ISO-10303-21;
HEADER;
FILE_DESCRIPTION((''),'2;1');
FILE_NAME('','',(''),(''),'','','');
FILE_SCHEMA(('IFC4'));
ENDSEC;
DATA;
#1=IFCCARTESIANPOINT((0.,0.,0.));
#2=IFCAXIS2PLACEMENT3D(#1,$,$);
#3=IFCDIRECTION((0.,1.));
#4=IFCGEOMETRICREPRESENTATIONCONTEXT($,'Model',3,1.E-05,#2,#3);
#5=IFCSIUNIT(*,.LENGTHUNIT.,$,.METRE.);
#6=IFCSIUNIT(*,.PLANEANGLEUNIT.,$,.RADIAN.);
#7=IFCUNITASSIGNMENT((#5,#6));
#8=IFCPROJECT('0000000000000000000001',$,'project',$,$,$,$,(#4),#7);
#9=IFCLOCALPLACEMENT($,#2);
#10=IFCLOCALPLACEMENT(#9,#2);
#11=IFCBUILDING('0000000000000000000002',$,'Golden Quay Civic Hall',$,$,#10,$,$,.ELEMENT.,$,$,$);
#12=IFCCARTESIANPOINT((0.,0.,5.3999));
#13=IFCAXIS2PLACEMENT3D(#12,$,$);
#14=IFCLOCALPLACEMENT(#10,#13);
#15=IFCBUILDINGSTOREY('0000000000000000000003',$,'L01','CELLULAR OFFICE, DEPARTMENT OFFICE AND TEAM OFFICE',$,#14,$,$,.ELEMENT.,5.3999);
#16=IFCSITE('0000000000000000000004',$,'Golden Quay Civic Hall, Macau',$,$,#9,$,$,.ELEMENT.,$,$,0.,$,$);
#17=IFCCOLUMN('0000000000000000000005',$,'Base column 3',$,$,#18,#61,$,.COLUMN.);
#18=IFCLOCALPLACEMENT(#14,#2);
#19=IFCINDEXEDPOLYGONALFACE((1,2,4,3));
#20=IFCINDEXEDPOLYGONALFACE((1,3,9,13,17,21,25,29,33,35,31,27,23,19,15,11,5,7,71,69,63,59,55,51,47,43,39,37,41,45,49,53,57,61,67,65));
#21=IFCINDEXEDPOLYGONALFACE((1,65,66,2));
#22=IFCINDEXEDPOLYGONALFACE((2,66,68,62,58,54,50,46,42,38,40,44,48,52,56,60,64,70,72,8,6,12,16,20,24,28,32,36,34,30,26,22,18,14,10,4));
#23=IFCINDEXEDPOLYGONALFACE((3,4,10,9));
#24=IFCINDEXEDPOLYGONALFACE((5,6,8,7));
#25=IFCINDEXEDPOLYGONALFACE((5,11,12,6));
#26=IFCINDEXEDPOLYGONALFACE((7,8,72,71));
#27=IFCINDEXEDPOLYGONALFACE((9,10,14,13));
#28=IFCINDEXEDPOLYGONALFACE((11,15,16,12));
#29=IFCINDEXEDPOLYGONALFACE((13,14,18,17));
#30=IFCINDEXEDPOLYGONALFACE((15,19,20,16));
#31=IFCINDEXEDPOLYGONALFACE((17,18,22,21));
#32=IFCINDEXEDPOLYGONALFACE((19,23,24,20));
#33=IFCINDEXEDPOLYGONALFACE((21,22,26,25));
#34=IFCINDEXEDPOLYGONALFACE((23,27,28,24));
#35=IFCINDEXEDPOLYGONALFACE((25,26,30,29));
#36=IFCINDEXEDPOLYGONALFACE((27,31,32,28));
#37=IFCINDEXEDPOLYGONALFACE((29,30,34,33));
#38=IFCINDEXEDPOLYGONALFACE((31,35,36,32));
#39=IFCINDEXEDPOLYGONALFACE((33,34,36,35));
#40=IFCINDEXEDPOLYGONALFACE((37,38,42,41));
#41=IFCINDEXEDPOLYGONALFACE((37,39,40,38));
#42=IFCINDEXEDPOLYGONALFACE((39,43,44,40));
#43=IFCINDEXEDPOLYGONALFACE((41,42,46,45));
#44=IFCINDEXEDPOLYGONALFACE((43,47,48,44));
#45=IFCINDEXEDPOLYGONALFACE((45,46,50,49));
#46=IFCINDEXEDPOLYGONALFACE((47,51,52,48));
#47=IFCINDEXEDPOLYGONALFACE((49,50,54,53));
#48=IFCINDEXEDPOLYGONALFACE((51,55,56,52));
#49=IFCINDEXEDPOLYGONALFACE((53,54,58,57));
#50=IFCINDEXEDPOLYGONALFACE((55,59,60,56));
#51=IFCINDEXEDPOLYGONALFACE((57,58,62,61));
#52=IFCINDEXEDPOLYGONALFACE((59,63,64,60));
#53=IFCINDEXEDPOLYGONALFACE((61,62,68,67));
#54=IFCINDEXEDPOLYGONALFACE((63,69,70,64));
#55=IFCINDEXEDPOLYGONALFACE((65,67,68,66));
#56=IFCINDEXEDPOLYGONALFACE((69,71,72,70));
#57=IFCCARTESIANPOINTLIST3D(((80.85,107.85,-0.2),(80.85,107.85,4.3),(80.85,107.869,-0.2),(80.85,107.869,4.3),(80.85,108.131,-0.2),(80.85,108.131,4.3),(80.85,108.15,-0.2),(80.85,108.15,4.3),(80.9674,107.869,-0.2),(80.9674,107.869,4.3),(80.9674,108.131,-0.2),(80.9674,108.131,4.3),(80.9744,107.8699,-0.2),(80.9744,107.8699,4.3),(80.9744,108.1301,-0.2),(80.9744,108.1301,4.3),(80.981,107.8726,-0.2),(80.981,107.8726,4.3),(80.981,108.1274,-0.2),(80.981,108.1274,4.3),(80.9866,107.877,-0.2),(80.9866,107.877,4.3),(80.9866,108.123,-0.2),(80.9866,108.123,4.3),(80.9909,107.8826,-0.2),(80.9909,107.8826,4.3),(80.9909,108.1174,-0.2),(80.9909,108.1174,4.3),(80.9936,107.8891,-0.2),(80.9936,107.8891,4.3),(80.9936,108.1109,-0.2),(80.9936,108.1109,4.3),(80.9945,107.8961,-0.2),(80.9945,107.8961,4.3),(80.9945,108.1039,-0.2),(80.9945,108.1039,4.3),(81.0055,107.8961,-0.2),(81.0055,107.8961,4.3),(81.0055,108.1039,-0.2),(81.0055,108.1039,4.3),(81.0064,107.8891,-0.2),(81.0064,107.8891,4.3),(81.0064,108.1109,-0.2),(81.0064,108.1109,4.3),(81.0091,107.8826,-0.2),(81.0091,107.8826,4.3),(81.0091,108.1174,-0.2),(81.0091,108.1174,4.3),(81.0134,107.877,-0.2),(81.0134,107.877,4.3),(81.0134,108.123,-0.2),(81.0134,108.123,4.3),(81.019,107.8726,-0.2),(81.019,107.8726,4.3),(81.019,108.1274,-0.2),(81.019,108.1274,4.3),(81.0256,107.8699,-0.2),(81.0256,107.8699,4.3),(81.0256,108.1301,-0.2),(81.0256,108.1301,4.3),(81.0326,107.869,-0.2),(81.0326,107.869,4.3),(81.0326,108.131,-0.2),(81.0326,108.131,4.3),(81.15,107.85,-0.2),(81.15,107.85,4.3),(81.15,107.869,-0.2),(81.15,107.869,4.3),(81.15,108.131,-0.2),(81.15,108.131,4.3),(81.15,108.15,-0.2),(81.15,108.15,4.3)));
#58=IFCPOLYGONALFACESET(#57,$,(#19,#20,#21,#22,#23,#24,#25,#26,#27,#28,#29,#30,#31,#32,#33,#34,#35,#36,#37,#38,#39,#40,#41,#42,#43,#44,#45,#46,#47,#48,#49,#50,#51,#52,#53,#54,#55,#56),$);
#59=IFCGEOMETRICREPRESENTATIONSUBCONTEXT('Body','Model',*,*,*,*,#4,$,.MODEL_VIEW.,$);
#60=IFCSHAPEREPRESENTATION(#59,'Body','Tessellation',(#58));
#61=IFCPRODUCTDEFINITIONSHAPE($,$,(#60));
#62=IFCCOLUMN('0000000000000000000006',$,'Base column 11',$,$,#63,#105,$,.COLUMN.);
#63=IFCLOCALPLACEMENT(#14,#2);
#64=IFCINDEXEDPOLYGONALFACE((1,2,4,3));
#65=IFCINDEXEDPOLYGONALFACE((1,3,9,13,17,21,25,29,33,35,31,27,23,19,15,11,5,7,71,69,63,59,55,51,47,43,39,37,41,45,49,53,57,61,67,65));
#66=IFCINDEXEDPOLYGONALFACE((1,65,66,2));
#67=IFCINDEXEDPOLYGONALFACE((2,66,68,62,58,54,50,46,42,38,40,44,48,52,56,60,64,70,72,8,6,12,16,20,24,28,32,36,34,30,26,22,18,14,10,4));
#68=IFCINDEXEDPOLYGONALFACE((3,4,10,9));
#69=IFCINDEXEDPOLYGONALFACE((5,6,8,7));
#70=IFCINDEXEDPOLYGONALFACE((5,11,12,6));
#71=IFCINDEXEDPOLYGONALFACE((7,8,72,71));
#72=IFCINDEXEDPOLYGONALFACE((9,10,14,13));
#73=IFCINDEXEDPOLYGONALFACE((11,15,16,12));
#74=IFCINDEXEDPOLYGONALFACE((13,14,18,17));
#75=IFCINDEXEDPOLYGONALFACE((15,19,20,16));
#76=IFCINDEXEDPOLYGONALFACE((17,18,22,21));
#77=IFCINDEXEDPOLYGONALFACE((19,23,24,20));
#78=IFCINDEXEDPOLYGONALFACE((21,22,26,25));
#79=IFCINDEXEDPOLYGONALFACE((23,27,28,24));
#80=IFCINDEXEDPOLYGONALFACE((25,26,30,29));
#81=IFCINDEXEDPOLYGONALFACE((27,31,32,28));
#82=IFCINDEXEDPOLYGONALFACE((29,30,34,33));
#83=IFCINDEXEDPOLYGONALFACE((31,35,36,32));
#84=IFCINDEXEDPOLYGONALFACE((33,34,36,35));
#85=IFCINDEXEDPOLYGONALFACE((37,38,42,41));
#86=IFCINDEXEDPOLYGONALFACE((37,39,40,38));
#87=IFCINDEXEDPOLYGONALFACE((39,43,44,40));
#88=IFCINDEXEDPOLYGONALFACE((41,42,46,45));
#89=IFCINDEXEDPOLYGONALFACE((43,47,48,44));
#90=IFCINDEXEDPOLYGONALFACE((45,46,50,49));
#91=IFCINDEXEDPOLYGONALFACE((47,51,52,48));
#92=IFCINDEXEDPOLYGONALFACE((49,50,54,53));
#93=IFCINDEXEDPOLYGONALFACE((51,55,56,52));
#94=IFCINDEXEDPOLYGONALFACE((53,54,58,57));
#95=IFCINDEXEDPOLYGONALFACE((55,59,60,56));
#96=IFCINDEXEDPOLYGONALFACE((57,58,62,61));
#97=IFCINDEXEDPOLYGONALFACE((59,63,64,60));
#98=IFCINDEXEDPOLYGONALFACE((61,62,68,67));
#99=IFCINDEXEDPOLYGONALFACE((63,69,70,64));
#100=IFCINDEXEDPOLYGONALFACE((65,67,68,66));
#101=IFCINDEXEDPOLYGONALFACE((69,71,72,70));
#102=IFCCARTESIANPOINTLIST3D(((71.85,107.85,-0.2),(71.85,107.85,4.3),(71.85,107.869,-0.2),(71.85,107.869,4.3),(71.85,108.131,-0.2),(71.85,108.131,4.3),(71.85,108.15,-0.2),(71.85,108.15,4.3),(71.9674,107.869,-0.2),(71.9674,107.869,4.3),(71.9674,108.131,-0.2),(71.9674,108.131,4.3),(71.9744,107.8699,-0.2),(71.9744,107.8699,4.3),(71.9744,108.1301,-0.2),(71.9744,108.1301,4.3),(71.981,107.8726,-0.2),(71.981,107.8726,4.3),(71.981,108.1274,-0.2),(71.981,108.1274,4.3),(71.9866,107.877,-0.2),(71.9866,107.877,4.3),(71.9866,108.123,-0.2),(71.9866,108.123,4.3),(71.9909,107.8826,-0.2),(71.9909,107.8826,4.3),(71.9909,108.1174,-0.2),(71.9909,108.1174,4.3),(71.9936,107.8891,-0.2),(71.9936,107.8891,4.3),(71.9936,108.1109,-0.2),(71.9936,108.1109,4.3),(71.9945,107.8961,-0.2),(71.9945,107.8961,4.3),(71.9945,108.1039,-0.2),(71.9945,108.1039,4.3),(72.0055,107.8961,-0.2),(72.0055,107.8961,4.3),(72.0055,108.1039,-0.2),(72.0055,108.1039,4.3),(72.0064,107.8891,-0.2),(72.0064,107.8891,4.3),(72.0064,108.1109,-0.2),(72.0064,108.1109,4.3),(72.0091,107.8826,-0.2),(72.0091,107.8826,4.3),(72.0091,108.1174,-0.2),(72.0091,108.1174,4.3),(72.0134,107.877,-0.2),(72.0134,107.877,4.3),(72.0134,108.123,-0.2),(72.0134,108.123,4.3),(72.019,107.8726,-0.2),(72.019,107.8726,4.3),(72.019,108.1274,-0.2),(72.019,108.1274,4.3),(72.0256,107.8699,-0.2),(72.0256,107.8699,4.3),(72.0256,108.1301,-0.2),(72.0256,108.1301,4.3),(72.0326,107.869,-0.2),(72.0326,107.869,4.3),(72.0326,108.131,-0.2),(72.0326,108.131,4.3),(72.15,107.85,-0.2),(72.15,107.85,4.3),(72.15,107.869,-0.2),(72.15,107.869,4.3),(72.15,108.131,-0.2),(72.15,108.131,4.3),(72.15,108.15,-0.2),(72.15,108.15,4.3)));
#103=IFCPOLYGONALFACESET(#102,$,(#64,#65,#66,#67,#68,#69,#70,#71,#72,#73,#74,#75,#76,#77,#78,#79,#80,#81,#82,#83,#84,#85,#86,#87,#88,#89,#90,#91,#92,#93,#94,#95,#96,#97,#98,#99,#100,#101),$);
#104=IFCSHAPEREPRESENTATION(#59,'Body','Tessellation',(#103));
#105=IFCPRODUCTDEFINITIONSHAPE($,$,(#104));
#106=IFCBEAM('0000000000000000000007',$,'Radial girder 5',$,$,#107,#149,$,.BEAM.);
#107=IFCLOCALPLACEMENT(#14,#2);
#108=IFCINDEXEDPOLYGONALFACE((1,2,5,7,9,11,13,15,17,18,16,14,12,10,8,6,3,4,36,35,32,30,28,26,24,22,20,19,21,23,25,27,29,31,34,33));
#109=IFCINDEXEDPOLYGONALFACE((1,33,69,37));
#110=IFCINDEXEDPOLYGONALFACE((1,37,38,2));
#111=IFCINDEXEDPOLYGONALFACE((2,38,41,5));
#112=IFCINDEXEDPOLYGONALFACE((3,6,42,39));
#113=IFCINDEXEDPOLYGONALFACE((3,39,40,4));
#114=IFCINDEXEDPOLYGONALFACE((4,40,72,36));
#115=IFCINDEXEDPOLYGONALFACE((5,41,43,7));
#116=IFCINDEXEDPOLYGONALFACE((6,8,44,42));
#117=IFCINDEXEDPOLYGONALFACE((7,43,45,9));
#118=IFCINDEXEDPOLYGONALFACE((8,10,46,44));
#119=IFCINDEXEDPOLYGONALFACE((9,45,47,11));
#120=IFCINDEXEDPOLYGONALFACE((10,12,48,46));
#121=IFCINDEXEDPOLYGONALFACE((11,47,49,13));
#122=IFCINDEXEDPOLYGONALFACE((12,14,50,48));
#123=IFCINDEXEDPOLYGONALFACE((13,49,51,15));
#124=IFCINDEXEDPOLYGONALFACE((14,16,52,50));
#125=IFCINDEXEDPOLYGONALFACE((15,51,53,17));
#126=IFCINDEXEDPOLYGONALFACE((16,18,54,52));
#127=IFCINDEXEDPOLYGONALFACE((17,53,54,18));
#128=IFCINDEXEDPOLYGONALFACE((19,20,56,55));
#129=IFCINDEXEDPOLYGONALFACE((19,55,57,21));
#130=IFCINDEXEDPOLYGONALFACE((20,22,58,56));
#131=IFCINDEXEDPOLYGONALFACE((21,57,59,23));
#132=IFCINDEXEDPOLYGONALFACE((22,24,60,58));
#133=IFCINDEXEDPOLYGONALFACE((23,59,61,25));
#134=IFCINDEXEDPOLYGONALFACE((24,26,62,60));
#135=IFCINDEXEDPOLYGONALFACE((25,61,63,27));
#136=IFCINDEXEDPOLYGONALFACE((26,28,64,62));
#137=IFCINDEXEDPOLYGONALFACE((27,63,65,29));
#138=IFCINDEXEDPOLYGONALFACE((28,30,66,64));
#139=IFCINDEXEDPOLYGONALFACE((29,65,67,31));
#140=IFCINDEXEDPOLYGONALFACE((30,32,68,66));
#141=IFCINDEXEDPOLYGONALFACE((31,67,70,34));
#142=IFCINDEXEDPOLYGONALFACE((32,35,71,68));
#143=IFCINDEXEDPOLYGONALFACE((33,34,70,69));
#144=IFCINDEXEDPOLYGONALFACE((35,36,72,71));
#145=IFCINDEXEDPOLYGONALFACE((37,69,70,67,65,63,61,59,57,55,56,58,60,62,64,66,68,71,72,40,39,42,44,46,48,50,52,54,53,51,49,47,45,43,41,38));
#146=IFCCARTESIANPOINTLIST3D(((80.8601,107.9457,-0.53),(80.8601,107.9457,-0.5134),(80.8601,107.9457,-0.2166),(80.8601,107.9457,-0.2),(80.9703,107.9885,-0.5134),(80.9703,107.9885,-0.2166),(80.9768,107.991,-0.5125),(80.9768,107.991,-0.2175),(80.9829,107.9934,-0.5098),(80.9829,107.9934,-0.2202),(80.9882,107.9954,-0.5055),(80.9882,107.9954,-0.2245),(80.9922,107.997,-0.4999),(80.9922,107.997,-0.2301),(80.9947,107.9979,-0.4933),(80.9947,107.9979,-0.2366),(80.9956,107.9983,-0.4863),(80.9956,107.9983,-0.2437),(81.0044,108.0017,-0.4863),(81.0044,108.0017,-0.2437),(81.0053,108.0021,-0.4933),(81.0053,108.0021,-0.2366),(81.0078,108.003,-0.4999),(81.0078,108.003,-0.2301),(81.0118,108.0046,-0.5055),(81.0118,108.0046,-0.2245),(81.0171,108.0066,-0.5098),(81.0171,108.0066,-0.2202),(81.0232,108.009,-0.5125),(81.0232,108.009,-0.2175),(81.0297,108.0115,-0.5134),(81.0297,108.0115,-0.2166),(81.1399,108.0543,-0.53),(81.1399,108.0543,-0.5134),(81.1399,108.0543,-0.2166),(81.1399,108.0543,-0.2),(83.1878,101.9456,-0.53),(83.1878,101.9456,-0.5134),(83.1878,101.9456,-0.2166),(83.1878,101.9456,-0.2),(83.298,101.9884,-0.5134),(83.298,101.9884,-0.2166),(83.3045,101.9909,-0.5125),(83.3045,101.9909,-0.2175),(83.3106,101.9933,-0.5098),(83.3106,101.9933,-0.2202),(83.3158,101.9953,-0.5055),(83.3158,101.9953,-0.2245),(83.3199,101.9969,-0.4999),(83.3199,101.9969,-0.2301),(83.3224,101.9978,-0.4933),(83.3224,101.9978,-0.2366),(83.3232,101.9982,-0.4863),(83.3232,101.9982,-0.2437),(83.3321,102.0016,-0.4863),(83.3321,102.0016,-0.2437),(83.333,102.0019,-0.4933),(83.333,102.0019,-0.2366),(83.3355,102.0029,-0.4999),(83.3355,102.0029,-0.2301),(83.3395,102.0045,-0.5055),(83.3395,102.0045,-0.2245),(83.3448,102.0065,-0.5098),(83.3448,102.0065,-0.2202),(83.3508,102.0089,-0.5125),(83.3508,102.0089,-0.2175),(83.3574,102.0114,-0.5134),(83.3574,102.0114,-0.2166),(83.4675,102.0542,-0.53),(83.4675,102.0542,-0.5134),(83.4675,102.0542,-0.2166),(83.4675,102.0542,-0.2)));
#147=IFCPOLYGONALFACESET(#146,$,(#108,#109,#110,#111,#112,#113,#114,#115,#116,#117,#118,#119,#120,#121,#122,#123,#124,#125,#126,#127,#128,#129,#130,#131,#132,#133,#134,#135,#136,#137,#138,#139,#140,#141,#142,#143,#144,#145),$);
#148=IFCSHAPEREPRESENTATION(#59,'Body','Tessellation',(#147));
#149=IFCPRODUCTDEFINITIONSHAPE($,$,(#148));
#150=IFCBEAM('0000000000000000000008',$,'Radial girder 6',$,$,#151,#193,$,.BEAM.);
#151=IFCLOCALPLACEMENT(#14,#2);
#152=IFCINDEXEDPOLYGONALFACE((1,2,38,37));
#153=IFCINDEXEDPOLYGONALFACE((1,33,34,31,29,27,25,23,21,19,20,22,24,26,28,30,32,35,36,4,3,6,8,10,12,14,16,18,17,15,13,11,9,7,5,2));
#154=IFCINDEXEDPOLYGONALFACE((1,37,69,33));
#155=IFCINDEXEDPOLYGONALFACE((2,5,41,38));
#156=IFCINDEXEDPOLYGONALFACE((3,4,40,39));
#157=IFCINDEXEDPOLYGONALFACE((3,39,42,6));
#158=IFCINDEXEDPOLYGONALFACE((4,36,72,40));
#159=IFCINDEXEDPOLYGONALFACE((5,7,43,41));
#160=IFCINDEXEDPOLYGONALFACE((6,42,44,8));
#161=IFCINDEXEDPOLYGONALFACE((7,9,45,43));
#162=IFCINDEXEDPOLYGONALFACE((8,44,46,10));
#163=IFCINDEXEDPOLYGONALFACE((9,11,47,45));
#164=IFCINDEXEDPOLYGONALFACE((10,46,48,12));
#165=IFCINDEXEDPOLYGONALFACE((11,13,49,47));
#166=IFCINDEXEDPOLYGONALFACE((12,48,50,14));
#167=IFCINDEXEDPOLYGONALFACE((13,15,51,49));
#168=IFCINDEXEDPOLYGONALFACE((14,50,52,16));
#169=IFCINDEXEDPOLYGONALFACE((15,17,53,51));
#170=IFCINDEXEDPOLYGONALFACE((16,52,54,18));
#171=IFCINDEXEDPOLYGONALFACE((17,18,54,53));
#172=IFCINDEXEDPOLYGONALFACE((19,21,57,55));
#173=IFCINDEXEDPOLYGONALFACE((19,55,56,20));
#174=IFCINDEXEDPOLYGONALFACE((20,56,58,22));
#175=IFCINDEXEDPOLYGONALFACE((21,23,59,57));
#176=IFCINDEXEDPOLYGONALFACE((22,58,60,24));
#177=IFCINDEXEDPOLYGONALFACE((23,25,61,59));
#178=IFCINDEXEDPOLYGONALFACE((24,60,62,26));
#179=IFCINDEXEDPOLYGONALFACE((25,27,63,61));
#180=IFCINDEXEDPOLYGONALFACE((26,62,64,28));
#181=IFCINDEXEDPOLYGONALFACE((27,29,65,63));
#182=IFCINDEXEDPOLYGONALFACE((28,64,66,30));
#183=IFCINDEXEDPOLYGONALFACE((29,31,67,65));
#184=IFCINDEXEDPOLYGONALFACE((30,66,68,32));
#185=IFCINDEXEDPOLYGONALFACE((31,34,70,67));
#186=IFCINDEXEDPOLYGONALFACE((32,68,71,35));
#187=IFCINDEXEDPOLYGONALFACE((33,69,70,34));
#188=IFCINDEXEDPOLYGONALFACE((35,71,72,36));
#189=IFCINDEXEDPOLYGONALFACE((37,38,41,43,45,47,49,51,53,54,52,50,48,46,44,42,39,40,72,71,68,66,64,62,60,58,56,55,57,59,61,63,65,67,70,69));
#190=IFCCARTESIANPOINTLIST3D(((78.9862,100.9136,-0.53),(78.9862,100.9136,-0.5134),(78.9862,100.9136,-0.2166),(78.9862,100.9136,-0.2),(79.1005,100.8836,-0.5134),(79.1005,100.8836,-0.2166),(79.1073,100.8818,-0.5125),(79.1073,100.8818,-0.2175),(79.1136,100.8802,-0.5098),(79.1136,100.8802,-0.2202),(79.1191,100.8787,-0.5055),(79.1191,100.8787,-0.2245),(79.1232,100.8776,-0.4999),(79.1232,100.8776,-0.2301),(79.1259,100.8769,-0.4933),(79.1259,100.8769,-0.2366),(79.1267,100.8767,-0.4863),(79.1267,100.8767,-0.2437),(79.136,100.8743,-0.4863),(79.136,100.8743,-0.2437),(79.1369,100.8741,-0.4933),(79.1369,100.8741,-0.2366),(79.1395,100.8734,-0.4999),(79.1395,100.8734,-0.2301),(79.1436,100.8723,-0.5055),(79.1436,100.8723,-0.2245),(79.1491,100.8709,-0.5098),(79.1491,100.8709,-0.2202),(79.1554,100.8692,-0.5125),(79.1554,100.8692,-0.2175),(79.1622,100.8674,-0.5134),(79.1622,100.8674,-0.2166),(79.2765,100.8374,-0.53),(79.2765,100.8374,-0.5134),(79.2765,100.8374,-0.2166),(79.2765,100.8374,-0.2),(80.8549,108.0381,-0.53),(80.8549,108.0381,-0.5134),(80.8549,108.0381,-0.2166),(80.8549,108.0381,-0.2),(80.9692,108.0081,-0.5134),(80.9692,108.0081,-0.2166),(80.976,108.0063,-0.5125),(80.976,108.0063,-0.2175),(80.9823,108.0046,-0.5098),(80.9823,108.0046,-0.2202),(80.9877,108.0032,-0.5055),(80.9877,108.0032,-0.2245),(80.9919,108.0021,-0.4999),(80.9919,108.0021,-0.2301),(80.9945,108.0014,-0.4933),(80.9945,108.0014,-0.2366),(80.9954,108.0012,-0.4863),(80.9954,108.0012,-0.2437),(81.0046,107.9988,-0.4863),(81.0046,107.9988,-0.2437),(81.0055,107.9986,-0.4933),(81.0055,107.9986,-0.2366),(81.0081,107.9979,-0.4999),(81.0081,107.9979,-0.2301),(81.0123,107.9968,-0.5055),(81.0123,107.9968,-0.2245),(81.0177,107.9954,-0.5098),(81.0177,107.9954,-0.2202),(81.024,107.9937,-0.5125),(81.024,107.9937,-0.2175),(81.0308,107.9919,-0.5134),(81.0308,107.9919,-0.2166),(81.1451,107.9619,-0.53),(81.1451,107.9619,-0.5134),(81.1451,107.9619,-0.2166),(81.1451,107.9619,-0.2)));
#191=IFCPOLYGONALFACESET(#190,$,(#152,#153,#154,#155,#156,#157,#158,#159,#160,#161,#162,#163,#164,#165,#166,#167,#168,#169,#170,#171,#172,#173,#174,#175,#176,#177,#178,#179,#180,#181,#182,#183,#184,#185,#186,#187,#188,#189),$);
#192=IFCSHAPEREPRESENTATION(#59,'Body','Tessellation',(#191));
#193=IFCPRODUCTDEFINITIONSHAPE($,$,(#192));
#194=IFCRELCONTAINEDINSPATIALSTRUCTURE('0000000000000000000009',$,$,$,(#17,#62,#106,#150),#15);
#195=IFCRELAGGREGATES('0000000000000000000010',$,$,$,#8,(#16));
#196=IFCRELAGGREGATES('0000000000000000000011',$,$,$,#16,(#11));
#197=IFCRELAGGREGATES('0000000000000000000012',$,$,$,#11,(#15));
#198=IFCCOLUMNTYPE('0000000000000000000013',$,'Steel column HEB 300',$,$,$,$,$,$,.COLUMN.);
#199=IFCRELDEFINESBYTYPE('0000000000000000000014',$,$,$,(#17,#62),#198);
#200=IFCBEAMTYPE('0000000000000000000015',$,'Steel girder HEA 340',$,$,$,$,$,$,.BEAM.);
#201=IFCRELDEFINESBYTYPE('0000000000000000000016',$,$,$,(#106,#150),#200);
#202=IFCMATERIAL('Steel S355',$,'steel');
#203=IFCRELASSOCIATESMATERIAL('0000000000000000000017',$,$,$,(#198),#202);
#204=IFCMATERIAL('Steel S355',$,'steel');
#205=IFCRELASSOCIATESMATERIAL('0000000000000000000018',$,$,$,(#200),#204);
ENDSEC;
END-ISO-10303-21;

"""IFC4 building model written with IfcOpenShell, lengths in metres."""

from ifc_helpers import new_model, si_unit, direction, frame, origin, origin_2d, place, context, subcontext, project, spatial, i_section, extrude, material, material_profile, profile_set, type_object, element, save


model = new_model("IFC4")

# Units and contexts
model_context = context("Model", 3, precision=1e-05, world=origin(), true_north=direction((0.0, 1.0)))
body_context = subcontext(model_context, "Body", "Model", "MODEL_VIEW")
ifc_project = project(units=[si_unit("LENGTHUNIT", "METRE"), si_unit("PLANEANGLEUNIT", "RADIAN")], contexts=[model_context])

# Site, building, storey
site_placement = place(None, origin())
site = spatial("IfcSite", under=ifc_project, at=site_placement, Name="Golden Quay Civic Hall, Macau", CompositionType="ELEMENT", RefElevation=0.0)
building_placement = place(site_placement, origin())
building = spatial("IfcBuilding", under=site, at=building_placement, Name="Golden Quay Civic Hall", CompositionType="ELEMENT")
storey_placement = place(building_placement, frame((0.0, 0.0, 5.3999)))
storey = spatial("IfcBuildingStorey", under=building, at=storey_placement, Name="L01", Description="CELLULAR OFFICE, DEPARTMENT OFFICE AND TEAM OFFICE", CompositionType="ELEMENT", Elevation=5.3999)

# Columns
ifc_material_1 = material(Name="Steel S355", Category="steel")
ifc_material_profile_1 = material_profile(ifc_material_1, i_section(OverallWidth=0.3, OverallDepth=0.3, WebThickness=0.011, FlangeThickness=0.019, FilletRadius=0.0271, at=origin_2d()), Name="HEB 300")
ifc_profile_set_1 = profile_set([ifc_material_profile_1], Name="Steel S355")
column_type = type_object("IfcColumnType", Name="Steel column HEB 300", PredefinedType="COLUMN", material=ifc_profile_set_1)
for number, where, z_axis, x_axis, name in (
    (1, (81.0, 108.0, -0.2), (0.0, 0.0, 1.0), (1.0, 0.0, 0.0), "Base column 3"),
    (2, (72.0, 108.0, -0.2), (0.0, 0.0, 1.0), (1.0, 0.0, 0.0), "Base column 11"),
):
    element("IfcColumn", number, at=place(storey_placement, frame(where, z_axis=z_axis, x_axis=x_axis)), inside=storey, type_object=column_type, Name=name, PredefinedType="COLUMN", context=body_context, shape_type="SweptSolid", body=[
        extrude(i_section(OverallWidth=0.3, OverallDepth=0.3, WebThickness=0.011, FlangeThickness=0.019, FilletRadius=0.0271, at=origin_2d()), origin(), (0.0, 0.0, 1.0), 4.5),
    ])

# Beams
ifc_material_2 = material(Name="Steel S355", Category="steel")
ifc_material_profile_2 = material_profile(ifc_material_2, i_section(OverallWidth=0.3, OverallDepth=0.3301, WebThickness=0.0095, FlangeThickness=0.0166, FilletRadius=0.0271, at=origin_2d()), Name="HEA 340")
ifc_profile_set_2 = profile_set([ifc_material_profile_2], Name="Steel S355")
beam_type_1 = type_object("IfcBeamType", Name="Steel girder HEA 340", PredefinedType="BEAM", material=ifc_profile_set_2)
beam_1_placement = place(storey_placement, frame((81.0, 108.0, -0.365), z_axis=(0.361677, -0.932303, 0.0), x_axis=(0.932303, 0.361677, 0.0)))
element("IfcBeam", 3, at=beam_1_placement, inside=storey, type_object=beam_type_1, Name="Radial girder 5", PredefinedType="BEAM", context=body_context, shape_type="SweptSolid", body=[
    extrude(i_section(OverallWidth=0.3, OverallDepth=0.3301, WebThickness=0.0095, FlangeThickness=0.0166, FilletRadius=0.0271, at=origin_2d()), origin(), (0.0, 0.0, 1.0), 6.4358),
])
beam_2_placement = place(storey_placement, frame((81.0, 108.0, -0.365), z_axis=(-0.253704, -0.967282, 0.0), x_axis=(0.967282, -0.253704, 0.0)))
element("IfcBeam", 4, at=beam_2_placement, inside=storey, type_object=beam_type_1, Name="Radial girder 6", PredefinedType="BEAM", context=body_context, shape_type="SweptSolid", body=[
    extrude(i_section(OverallWidth=0.3, OverallDepth=0.3301, WebThickness=0.0095, FlangeThickness=0.0166, FilletRadius=0.0271, at=origin_2d()), origin(), (0.0, 0.0, 1.0), 7.3655),
])

save(model, "model.ifc")
